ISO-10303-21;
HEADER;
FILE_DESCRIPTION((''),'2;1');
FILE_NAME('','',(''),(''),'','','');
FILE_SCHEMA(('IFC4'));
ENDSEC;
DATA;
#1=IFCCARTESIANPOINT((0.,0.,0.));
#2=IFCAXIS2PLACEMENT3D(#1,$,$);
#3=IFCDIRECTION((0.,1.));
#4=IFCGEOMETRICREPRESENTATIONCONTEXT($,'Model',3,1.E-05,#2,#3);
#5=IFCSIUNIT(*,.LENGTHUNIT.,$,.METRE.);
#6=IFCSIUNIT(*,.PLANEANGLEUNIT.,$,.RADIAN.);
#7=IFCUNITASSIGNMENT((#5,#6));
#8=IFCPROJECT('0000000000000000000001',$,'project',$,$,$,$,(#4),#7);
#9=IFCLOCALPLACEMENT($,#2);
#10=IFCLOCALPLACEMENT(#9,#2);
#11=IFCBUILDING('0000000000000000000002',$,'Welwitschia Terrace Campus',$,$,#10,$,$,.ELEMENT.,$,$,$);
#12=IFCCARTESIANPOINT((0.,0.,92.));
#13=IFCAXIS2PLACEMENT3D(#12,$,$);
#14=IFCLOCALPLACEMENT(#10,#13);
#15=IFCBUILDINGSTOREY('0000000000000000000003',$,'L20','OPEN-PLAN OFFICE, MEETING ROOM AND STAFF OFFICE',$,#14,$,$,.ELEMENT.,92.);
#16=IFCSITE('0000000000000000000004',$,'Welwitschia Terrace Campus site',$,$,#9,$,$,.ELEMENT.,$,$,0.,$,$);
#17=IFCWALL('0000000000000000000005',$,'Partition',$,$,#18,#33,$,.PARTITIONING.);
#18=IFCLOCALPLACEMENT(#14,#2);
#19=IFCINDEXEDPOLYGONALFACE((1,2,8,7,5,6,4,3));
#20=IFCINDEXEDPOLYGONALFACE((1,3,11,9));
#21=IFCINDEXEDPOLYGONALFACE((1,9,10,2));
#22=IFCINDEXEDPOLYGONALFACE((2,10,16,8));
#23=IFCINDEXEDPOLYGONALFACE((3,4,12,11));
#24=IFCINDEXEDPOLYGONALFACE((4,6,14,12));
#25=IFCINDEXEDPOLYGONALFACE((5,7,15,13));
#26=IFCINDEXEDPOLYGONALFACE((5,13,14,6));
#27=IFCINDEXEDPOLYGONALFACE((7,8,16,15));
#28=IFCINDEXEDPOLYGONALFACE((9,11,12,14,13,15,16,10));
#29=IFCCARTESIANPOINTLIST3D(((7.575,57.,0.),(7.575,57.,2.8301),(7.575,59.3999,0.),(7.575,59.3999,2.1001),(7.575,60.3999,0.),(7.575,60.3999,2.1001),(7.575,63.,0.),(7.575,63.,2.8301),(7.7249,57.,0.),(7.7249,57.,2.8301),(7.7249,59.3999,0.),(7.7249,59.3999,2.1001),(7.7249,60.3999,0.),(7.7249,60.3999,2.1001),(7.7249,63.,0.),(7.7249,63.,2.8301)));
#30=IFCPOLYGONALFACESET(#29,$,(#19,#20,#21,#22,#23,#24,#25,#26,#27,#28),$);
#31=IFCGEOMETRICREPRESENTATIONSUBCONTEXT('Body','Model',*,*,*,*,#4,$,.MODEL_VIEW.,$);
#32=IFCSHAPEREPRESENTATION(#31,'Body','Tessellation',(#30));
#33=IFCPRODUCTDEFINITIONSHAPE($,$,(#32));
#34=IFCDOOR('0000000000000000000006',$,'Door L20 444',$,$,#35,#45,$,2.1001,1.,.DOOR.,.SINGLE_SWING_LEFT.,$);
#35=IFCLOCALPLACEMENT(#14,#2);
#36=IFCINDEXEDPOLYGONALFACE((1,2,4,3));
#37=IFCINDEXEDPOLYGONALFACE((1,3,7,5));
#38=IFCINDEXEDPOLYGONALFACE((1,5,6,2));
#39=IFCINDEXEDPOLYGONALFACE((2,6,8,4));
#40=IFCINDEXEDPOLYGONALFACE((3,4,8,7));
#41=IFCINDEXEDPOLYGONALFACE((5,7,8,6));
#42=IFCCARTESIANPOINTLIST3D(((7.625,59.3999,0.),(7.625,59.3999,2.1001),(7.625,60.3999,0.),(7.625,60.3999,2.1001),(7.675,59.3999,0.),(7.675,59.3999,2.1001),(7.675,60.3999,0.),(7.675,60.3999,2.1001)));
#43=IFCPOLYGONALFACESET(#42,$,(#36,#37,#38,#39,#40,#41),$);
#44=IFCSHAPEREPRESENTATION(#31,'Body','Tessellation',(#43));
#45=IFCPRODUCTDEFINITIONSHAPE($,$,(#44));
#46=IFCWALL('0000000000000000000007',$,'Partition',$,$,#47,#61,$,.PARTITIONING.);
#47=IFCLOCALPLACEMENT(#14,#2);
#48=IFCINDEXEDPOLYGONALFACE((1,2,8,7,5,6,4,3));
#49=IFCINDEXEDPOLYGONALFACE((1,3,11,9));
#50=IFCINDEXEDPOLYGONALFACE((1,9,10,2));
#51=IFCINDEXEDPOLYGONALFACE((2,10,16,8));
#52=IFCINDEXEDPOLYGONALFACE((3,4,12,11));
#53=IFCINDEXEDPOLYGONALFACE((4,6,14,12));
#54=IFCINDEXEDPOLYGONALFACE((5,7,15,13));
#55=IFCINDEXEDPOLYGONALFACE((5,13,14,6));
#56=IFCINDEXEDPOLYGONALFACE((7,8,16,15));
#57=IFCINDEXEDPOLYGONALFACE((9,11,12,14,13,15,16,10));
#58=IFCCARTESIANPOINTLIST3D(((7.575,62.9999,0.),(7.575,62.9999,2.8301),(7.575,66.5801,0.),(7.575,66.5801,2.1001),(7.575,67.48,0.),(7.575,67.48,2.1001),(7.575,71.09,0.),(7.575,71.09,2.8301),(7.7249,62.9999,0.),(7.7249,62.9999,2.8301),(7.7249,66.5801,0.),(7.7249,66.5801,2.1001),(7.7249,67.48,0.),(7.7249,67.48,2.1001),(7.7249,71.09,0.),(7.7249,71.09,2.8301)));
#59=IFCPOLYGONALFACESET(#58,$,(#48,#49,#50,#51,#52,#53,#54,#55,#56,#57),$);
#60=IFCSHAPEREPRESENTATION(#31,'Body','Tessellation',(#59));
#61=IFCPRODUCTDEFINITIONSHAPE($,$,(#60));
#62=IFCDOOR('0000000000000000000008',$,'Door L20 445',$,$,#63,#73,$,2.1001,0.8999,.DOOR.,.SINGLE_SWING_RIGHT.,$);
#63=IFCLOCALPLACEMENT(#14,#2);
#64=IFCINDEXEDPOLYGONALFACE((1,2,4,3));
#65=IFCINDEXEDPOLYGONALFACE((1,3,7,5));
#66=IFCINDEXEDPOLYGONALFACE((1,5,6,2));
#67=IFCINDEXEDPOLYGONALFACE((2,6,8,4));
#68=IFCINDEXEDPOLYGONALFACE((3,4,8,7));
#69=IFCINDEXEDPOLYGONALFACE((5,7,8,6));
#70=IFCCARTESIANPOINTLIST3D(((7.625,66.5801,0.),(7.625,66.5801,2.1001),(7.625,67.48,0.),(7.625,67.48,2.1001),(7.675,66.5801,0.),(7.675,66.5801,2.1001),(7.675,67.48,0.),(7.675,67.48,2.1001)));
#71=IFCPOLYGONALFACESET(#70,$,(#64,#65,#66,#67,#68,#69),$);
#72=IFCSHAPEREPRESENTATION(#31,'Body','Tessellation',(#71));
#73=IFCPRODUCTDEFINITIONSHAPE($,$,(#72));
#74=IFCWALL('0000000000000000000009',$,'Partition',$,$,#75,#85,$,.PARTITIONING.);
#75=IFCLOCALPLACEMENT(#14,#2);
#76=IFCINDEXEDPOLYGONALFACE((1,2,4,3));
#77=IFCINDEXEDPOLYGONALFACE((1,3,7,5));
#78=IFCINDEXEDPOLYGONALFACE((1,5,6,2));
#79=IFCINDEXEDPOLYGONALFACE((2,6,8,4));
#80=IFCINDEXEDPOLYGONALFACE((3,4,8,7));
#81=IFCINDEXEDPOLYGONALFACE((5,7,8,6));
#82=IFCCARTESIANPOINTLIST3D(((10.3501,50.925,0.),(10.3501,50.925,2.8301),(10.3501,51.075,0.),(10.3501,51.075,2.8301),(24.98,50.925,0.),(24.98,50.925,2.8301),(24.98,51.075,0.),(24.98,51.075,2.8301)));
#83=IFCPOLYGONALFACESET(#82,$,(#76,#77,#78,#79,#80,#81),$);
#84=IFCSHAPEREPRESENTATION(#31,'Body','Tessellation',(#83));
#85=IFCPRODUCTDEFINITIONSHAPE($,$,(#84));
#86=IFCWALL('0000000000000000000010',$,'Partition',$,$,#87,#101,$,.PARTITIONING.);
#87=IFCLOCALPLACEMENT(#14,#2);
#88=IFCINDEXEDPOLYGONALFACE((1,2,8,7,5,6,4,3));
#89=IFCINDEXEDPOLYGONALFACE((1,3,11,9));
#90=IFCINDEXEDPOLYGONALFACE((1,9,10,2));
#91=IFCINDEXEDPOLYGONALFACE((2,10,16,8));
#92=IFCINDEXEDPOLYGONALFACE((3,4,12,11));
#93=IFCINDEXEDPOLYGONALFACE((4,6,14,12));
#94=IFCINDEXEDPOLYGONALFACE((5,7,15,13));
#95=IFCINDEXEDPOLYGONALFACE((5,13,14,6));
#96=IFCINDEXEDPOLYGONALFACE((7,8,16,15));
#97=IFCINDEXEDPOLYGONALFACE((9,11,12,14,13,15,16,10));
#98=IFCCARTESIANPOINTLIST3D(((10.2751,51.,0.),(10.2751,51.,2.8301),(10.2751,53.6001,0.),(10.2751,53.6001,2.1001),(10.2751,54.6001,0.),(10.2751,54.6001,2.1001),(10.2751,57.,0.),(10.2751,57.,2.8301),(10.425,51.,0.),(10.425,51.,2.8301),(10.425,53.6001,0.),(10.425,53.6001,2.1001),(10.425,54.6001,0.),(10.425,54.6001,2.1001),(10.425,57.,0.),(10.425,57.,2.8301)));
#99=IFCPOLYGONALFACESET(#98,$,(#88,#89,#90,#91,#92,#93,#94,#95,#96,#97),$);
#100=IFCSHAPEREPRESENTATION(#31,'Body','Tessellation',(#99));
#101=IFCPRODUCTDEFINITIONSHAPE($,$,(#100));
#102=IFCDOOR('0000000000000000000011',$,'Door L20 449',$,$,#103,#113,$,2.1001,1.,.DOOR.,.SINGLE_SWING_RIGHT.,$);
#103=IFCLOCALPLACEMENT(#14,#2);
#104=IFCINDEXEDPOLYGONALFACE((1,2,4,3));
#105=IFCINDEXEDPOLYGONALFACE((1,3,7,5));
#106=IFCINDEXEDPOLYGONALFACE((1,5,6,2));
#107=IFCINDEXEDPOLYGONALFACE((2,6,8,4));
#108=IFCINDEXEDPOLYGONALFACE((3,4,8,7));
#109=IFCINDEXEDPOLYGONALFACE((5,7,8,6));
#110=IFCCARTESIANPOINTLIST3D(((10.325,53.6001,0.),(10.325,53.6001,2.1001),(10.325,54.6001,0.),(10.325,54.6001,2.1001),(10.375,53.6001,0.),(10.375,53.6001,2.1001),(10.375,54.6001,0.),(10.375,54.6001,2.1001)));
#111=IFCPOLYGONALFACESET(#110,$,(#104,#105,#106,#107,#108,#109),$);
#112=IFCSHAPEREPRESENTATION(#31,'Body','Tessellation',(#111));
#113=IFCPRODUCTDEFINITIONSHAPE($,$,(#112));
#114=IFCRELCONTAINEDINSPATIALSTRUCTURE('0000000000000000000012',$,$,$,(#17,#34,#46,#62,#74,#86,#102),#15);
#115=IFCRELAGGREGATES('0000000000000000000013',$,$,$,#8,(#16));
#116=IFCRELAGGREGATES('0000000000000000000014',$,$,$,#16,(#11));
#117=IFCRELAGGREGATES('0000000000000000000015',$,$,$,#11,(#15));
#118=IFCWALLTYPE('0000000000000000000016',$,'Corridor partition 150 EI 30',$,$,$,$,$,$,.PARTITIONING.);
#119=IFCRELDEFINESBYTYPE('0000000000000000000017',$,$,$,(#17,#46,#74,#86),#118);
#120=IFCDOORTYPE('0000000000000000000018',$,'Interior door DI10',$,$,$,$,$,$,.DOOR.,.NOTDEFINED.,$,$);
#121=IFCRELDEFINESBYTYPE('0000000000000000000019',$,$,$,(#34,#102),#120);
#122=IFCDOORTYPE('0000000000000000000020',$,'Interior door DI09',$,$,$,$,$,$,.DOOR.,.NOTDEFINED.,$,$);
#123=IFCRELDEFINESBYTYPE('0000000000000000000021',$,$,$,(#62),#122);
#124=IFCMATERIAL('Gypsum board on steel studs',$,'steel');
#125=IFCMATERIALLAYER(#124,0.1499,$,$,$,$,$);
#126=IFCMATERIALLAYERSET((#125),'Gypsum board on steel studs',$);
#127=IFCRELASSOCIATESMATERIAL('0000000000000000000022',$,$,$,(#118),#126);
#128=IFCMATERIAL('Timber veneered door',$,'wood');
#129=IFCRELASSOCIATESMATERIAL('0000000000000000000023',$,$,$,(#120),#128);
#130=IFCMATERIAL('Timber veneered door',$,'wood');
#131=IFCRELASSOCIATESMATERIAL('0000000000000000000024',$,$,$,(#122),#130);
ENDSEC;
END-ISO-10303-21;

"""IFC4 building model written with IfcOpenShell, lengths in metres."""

from ifc_helpers import new_model, si_unit, direction, frame, frame_2d, origin, place, context, subcontext, project, spatial, rectangle, extrude, material, layer, layer_set, type_object, element, fill, save


model = new_model("IFC4")

# Units and contexts
model_context = context("Model", 3, precision=1e-05, world=origin(), true_north=direction((0.0, 1.0)))
body_context = subcontext(model_context, "Body", "Model", "MODEL_VIEW")
ifc_project = project(units=[si_unit("LENGTHUNIT", "METRE"), si_unit("PLANEANGLEUNIT", "RADIAN")], contexts=[model_context])

# Site, building, storey
site_placement = place(None, origin())
site = spatial("IfcSite", under=ifc_project, at=site_placement, Name="Welwitschia Terrace Campus site", CompositionType="ELEMENT", RefElevation=0.0)
building_placement = place(site_placement, origin())
building = spatial("IfcBuilding", under=site, at=building_placement, Name="Welwitschia Terrace Campus", CompositionType="ELEMENT")
storey_placement = place(building_placement, frame((0.0, 0.0, 92.0)))
storey = spatial("IfcBuildingStorey", under=building, at=storey_placement, Name="L20", Description="OPEN-PLAN OFFICE, MEETING ROOM AND STAFF OFFICE", CompositionType="ELEMENT", Elevation=92.0)

# Shared definitions
ifc_material_1 = material(Name="Gypsum board on steel studs", Category="steel")
ifc_layer_1 = layer(ifc_material_1, 0.1499)
ifc_layer_set_1 = layer_set([ifc_layer_1], Name="Gypsum board on steel studs")
wall_type = type_object("IfcWallType", Name="Corridor partition 150 EI 30", PredefinedType="PARTITIONING", material=ifc_layer_set_1)

# Walls, openings, doors
wall_1_placement = place(storey_placement, frame((7.6499, 57.0, 0.0), z_axis=(0.0, 0.0, 1.0), x_axis=(0.0, 1.0, 0.0)))
wall_1 = element("IfcWall", 1, at=wall_1_placement, inside=storey, type_object=wall_type, Name="Partition", PredefinedType="PARTITIONING", context=body_context, shape_type="SweptSolid", body=[
    extrude(rectangle(XDim=6.0, YDim=0.1499, at=frame_2d((3.0, 0.0))), origin(), (0.0, 0.0, 1.0), 2.8301),
])
opening_1_placement = place(wall_1_placement, frame((2.3999, 0.0, 0.0)))
opening_1 = element("IfcOpeningElement", 2, at=opening_1_placement, cuts=wall_1, PredefinedType="OPENING", context=body_context, shape_type="SweptSolid", body=[
    extrude(rectangle(XDim=1.0, YDim=2.1001, at=frame_2d((0.5, 1.05))), frame((0.0, 0.085, 0.0), z_axis=(0.0, -1.0, 0.0), x_axis=(1.0, 0.0, 0.0)), (0.0, 0.0, 1.0), 0.1699),
])
ifc_material_2 = material(Name="Timber veneered door", Category="wood")
door_type_1 = type_object("IfcDoorType", Name="Interior door DI10", OperationType="NOTDEFINED", PredefinedType="DOOR", material=ifc_material_2)
door_1_placement = place(opening_1_placement, origin())
door_1 = element("IfcDoor", 3, at=door_1_placement, inside=storey, type_object=door_type_1, Name="Door L20 444", OperationType="SINGLE_SWING_LEFT", OverallHeight=2.1001, OverallWidth=1.0, PredefinedType="DOOR", context=body_context, shape_type="SweptSolid", body=[
    extrude(rectangle(XDim=1.0, YDim=2.1001, at=frame_2d((0.5, 1.05))), frame((0.0, 0.0249, 0.0), z_axis=(0.0, -1.0, 0.0), x_axis=(1.0, 0.0, 0.0)), (0.0, 0.0, 1.0), 0.05),
])
fill(opening_1, door_1)
wall_2_placement = place(storey_placement, frame((7.6499, 63.0, 0.0), z_axis=(0.0, 0.0, 1.0), x_axis=(0.0, 1.0, 0.0)))
wall_2 = element("IfcWall", 4, at=wall_2_placement, inside=storey, type_object=wall_type, Name="Partition", PredefinedType="PARTITIONING", context=body_context, shape_type="SweptSolid", body=[
    extrude(rectangle(XDim=8.0901, YDim=0.1499, at=frame_2d((4.0449, 0.0))), origin(), (0.0, 0.0, 1.0), 2.8301),
])
opening_2_placement = place(wall_2_placement, frame((3.5801, 0.0, 0.0)))
opening_2 = element("IfcOpeningElement", 5, at=opening_2_placement, cuts=wall_2, PredefinedType="OPENING", context=body_context, shape_type="SweptSolid", body=[
    extrude(rectangle(XDim=0.8999, YDim=2.1001, at=frame_2d((0.45, 1.05))), frame((0.0, 0.085, 0.0), z_axis=(0.0, -1.0, 0.0), x_axis=(1.0, 0.0, 0.0)), (0.0, 0.0, 1.0), 0.1699),
])
ifc_material_3 = material(Name="Timber veneered door", Category="wood")
door_type_2 = type_object("IfcDoorType", Name="Interior door DI09", OperationType="NOTDEFINED", PredefinedType="DOOR", material=ifc_material_3)
door_2_placement = place(opening_2_placement, origin())
door_2 = element("IfcDoor", 6, at=door_2_placement, inside=storey, type_object=door_type_2, Name="Door L20 445", OperationType="SINGLE_SWING_RIGHT", OverallHeight=2.1001, OverallWidth=0.8999, PredefinedType="DOOR", context=body_context, shape_type="SweptSolid", body=[
    extrude(rectangle(XDim=0.8999, YDim=2.1001, at=frame_2d((0.45, 1.05))), frame((0.0, 0.0249, 0.0), z_axis=(0.0, -1.0, 0.0), x_axis=(1.0, 0.0, 0.0)), (0.0, 0.0, 1.0), 0.05),
])
fill(opening_2, door_2)

# Wall
wall_3_placement = place(storey_placement, frame((10.3501, 51.0, 0.0), z_axis=(0.0, 0.0, 1.0), x_axis=(1.0, 0.0, 0.0)))
element("IfcWall", 7, at=wall_3_placement, inside=storey, type_object=wall_type, Name="Partition", PredefinedType="PARTITIONING", context=body_context, shape_type="SweptSolid", body=[
    extrude(rectangle(XDim=14.6299, YDim=0.1499, at=frame_2d((7.3149, 0.0))), origin(), (0.0, 0.0, 1.0), 2.8301),
])

# Wall, opening, door
wall_4_placement = place(storey_placement, frame((10.3501, 57.0, 0.0), z_axis=(0.0, 0.0, 1.0), x_axis=(0.0, -1.0, 0.0)))
wall_4 = element("IfcWall", 8, at=wall_4_placement, inside=storey, type_object=wall_type, Name="Partition", PredefinedType="PARTITIONING", context=body_context, shape_type="SweptSolid", body=[
    extrude(rectangle(XDim=6.0, YDim=0.1499, at=frame_2d((3.0, 0.0))), origin(), (0.0, 0.0, 1.0), 2.8301),
])
opening_3_placement = place(wall_4_placement, frame((2.3999, 0.0, 0.0)))
opening_3 = element("IfcOpeningElement", 9, at=opening_3_placement, cuts=wall_4, PredefinedType="OPENING", context=body_context, shape_type="SweptSolid", body=[
    extrude(rectangle(XDim=1.0, YDim=2.1001, at=frame_2d((0.5, 1.05))), frame((0.0, 0.085, 0.0), z_axis=(0.0, -1.0, 0.0), x_axis=(1.0, 0.0, 0.0)), (0.0, 0.0, 1.0), 0.1699),
])
door_3_placement = place(opening_3_placement, origin())
door_3 = element("IfcDoor", 10, at=door_3_placement, inside=storey, type_object=door_type_1, Name="Door L20 449", OperationType="SINGLE_SWING_RIGHT", OverallHeight=2.1001, OverallWidth=1.0, PredefinedType="DOOR", context=body_context, shape_type="SweptSolid", body=[
    extrude(rectangle(XDim=1.0, YDim=2.1001, at=frame_2d((0.5, 1.05))), frame((0.0, 0.0249, 0.0), z_axis=(0.0, -1.0, 0.0), x_axis=(1.0, 0.0, 0.0)), (0.0, 0.0, 1.0), 0.05),
])
fill(opening_3, door_3)

save(model, "model.ifc")
